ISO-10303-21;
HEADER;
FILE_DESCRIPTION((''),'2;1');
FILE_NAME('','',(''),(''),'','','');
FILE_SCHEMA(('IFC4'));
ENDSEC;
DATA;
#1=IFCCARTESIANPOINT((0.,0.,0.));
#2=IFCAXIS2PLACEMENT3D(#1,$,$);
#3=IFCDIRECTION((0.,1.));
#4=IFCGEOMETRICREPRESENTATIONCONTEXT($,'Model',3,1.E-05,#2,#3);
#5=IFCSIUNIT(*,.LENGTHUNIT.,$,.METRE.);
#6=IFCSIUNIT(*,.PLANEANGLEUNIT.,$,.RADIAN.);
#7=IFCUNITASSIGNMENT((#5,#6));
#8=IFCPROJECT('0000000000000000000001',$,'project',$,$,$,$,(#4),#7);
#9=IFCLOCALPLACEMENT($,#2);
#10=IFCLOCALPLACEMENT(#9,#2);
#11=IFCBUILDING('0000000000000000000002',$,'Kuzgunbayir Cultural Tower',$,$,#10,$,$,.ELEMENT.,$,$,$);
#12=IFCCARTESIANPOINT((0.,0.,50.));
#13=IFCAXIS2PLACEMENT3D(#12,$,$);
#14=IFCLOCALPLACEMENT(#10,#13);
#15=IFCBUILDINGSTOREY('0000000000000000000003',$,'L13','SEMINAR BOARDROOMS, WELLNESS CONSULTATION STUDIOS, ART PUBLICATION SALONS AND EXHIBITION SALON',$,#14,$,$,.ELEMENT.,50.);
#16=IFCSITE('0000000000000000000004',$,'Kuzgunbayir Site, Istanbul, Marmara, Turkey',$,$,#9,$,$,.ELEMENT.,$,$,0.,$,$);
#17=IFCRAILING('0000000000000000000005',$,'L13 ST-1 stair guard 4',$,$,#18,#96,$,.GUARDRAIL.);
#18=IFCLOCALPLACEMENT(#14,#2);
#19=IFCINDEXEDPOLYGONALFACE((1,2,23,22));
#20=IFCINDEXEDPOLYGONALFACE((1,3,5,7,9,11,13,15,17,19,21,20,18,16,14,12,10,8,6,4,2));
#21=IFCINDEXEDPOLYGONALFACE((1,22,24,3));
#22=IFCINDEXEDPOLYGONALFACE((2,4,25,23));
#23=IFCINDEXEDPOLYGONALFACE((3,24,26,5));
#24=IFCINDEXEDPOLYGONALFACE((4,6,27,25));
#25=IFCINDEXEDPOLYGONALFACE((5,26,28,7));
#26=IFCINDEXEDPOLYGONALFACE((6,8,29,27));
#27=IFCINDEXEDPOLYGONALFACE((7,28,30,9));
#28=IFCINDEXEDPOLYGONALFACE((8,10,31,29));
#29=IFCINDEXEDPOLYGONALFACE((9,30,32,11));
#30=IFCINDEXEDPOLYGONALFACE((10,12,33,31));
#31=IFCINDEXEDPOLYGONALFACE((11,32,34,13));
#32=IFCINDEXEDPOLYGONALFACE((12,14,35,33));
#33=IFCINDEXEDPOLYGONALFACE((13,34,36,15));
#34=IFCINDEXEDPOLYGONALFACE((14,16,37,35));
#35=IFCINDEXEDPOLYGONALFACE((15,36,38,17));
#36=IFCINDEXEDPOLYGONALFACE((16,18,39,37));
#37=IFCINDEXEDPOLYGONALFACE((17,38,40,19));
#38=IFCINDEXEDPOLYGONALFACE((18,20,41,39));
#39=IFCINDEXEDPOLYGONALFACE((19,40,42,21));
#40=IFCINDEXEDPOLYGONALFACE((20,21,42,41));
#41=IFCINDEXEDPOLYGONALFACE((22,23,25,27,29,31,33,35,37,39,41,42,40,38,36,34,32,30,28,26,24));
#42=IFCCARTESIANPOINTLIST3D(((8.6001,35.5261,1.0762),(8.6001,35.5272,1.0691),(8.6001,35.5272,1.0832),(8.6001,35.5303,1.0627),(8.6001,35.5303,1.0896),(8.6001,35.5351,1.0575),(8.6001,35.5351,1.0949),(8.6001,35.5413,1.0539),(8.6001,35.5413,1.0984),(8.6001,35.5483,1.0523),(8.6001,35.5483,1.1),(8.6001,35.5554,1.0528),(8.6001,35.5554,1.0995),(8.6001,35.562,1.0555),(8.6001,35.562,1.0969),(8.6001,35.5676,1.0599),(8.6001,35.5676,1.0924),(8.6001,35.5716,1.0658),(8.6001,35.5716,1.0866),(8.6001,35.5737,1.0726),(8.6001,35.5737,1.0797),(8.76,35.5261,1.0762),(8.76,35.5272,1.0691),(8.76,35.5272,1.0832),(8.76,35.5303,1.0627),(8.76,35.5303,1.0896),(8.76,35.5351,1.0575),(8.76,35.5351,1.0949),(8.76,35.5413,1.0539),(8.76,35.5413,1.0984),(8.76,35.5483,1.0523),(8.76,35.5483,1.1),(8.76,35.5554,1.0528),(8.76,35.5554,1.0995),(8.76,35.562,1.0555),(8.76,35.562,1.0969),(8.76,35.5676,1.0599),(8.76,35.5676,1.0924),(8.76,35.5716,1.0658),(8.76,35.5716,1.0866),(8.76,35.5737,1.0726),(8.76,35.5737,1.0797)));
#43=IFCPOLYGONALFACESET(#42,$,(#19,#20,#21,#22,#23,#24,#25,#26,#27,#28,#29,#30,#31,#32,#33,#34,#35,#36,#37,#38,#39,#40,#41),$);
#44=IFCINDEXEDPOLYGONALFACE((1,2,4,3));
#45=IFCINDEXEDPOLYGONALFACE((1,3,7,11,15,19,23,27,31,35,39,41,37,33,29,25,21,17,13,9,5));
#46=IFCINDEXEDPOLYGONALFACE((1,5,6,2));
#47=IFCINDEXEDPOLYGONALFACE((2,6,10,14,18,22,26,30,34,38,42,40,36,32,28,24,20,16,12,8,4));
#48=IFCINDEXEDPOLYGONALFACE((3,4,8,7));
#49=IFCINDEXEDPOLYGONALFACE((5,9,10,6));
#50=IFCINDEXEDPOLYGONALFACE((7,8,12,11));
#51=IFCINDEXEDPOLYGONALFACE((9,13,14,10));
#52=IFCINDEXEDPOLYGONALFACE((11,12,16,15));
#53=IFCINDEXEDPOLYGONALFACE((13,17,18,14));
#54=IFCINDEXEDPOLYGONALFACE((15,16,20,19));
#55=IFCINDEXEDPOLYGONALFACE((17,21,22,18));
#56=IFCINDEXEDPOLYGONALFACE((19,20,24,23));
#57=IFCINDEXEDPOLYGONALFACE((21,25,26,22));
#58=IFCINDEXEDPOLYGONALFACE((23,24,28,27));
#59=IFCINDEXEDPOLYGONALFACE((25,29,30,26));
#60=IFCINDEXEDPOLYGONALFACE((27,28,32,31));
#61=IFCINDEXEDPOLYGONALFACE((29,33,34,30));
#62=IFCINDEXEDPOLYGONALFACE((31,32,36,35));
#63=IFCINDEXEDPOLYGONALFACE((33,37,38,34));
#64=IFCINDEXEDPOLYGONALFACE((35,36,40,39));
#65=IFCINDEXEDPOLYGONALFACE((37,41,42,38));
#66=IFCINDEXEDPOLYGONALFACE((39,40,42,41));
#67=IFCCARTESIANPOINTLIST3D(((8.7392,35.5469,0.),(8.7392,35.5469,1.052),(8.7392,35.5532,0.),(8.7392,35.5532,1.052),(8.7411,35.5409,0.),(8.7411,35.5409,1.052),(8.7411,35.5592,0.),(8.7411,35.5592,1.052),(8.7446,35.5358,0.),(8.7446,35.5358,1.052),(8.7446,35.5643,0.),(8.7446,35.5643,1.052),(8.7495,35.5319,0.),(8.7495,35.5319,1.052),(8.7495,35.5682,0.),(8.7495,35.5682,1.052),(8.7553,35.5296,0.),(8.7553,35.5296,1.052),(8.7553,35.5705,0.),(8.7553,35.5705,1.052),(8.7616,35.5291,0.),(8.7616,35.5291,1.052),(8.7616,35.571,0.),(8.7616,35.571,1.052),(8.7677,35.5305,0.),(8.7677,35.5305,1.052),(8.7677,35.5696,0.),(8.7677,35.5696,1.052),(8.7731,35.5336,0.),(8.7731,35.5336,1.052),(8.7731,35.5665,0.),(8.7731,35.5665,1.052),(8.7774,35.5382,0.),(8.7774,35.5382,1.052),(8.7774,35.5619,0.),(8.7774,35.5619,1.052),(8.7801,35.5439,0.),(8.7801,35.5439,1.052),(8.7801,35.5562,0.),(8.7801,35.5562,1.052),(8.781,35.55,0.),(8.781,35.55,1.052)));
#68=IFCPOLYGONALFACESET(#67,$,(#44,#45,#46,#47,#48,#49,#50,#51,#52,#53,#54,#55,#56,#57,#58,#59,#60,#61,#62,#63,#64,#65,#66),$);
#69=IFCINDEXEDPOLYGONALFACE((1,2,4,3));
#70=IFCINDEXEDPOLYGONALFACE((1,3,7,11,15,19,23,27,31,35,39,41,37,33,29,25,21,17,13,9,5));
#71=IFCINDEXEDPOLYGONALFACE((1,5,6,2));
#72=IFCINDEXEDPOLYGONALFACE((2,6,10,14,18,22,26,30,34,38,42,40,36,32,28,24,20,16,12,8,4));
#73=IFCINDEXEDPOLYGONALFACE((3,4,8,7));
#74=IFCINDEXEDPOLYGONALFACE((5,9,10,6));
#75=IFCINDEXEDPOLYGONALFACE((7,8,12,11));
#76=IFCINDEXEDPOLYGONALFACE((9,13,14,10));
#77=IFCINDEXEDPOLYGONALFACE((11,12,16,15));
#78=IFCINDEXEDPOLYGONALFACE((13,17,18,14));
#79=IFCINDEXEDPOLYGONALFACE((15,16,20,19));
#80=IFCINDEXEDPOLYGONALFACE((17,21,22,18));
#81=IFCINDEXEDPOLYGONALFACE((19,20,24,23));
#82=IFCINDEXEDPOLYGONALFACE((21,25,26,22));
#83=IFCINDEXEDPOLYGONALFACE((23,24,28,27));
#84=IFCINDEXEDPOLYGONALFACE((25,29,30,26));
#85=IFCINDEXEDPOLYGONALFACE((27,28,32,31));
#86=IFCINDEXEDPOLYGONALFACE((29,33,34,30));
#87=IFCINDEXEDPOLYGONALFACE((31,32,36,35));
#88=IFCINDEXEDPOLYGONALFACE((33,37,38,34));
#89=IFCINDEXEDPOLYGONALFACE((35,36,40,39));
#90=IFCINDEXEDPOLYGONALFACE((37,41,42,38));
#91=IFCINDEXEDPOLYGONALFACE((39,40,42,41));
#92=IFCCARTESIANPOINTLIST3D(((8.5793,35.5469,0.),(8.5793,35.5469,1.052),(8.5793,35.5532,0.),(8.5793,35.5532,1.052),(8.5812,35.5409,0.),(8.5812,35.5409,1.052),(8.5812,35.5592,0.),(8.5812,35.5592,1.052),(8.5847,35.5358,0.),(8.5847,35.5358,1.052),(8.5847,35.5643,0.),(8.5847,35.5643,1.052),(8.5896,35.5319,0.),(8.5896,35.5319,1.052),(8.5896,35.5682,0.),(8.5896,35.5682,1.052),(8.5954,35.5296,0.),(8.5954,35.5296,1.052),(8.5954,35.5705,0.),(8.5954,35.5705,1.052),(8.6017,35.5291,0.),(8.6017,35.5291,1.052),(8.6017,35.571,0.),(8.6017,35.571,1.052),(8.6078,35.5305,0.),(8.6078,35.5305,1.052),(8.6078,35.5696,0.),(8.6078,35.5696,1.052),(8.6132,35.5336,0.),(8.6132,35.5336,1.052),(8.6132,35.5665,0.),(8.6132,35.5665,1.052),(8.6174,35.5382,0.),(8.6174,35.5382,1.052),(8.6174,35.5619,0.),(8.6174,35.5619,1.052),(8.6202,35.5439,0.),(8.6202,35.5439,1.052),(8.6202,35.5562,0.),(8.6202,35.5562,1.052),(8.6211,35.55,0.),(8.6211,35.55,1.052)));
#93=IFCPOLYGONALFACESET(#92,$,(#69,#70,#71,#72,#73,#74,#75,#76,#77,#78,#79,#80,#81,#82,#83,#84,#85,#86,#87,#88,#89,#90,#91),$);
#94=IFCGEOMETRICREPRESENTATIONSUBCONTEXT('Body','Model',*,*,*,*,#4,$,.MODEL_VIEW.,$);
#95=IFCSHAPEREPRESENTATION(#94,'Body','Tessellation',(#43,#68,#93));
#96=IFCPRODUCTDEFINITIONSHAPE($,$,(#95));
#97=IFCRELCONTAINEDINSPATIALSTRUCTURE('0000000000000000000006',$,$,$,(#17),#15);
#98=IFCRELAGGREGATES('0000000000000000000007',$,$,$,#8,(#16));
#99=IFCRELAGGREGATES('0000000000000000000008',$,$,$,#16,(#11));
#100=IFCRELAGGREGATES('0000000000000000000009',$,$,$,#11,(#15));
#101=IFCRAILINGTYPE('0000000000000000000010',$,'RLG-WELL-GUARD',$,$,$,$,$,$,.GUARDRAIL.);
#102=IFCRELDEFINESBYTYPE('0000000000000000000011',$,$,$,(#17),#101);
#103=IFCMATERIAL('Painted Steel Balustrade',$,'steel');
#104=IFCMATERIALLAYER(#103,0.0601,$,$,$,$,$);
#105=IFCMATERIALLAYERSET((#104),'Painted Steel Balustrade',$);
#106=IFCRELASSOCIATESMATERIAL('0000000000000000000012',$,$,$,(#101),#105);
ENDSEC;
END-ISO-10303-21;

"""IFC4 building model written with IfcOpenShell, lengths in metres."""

from ifc_helpers import new_model, si_unit, direction, frame, origin, origin_2d, place, context, subcontext, project, spatial, circle, extrude, material, layer, layer_set, type_object, element, save


model = new_model("IFC4")

# Units and contexts
model_context = context("Model", 3, precision=1e-05, world=origin(), true_north=direction((0.0, 1.0)))
body_context = subcontext(model_context, "Body", "Model", "MODEL_VIEW")
ifc_project = project(units=[si_unit("LENGTHUNIT", "METRE"), si_unit("PLANEANGLEUNIT", "RADIAN")], contexts=[model_context])

# Site, building, storey
site_placement = place(None, origin())
site = spatial("IfcSite", under=ifc_project, at=site_placement, Name="Kuzgunbayir Site, Istanbul, Marmara, Turkey", CompositionType="ELEMENT", RefElevation=0.0)
building_placement = place(site_placement, origin())
building = spatial("IfcBuilding", under=site, at=building_placement, Name="Kuzgunbayir Cultural Tower", CompositionType="ELEMENT")
storey_placement = place(building_placement, frame((0.0, 0.0, 50.0)))
storey = spatial("IfcBuildingStorey", under=building, at=storey_placement, Name="L13", Description="SEMINAR BOARDROOMS, WELLNESS CONSULTATION STUDIOS, ART PUBLICATION SALONS AND EXHIBITION SALON", CompositionType="ELEMENT", Elevation=50.0)

# Railing
ifc_material_1 = material(Name="Painted Steel Balustrade", Category="steel")
ifc_layer_1 = layer(ifc_material_1, 0.0601)
ifc_layer_set_1 = layer_set([ifc_layer_1], Name="Painted Steel Balustrade")
railing_type_1 = type_object("IfcRailingType", Name="RLG-WELL-GUARD", PredefinedType="GUARDRAIL", material=ifc_layer_set_1)
railing_1_placement = place(storey_placement, frame((8.76, 35.55, 0.0)))
element("IfcRailing", 1, at=railing_1_placement, inside=storey, type_object=railing_type_1, Name="L13 ST-1 stair guard 4", PredefinedType="GUARDRAIL", context=body_context, shape_type="SweptSolid", body=[
    extrude(circle(Radius=0.0239, at=origin_2d()), frame((0.0, 0.0, 1.0762), z_axis=(-1.0, 0.0, 0.0), x_axis=(0.0, -1.0, 0.0)), (0.0, 0.0, 1.0), 0.1599),
    extrude(circle(Radius=0.021, at=origin_2d()), origin(), (0.0, 0.0, 1.0), 1.052),
    extrude(circle(Radius=0.021, at=origin_2d()), frame((-0.1599, 0.0, 0.0)), (0.0, 0.0, 1.0), 1.052),
])

save(model, "model.ifc")
